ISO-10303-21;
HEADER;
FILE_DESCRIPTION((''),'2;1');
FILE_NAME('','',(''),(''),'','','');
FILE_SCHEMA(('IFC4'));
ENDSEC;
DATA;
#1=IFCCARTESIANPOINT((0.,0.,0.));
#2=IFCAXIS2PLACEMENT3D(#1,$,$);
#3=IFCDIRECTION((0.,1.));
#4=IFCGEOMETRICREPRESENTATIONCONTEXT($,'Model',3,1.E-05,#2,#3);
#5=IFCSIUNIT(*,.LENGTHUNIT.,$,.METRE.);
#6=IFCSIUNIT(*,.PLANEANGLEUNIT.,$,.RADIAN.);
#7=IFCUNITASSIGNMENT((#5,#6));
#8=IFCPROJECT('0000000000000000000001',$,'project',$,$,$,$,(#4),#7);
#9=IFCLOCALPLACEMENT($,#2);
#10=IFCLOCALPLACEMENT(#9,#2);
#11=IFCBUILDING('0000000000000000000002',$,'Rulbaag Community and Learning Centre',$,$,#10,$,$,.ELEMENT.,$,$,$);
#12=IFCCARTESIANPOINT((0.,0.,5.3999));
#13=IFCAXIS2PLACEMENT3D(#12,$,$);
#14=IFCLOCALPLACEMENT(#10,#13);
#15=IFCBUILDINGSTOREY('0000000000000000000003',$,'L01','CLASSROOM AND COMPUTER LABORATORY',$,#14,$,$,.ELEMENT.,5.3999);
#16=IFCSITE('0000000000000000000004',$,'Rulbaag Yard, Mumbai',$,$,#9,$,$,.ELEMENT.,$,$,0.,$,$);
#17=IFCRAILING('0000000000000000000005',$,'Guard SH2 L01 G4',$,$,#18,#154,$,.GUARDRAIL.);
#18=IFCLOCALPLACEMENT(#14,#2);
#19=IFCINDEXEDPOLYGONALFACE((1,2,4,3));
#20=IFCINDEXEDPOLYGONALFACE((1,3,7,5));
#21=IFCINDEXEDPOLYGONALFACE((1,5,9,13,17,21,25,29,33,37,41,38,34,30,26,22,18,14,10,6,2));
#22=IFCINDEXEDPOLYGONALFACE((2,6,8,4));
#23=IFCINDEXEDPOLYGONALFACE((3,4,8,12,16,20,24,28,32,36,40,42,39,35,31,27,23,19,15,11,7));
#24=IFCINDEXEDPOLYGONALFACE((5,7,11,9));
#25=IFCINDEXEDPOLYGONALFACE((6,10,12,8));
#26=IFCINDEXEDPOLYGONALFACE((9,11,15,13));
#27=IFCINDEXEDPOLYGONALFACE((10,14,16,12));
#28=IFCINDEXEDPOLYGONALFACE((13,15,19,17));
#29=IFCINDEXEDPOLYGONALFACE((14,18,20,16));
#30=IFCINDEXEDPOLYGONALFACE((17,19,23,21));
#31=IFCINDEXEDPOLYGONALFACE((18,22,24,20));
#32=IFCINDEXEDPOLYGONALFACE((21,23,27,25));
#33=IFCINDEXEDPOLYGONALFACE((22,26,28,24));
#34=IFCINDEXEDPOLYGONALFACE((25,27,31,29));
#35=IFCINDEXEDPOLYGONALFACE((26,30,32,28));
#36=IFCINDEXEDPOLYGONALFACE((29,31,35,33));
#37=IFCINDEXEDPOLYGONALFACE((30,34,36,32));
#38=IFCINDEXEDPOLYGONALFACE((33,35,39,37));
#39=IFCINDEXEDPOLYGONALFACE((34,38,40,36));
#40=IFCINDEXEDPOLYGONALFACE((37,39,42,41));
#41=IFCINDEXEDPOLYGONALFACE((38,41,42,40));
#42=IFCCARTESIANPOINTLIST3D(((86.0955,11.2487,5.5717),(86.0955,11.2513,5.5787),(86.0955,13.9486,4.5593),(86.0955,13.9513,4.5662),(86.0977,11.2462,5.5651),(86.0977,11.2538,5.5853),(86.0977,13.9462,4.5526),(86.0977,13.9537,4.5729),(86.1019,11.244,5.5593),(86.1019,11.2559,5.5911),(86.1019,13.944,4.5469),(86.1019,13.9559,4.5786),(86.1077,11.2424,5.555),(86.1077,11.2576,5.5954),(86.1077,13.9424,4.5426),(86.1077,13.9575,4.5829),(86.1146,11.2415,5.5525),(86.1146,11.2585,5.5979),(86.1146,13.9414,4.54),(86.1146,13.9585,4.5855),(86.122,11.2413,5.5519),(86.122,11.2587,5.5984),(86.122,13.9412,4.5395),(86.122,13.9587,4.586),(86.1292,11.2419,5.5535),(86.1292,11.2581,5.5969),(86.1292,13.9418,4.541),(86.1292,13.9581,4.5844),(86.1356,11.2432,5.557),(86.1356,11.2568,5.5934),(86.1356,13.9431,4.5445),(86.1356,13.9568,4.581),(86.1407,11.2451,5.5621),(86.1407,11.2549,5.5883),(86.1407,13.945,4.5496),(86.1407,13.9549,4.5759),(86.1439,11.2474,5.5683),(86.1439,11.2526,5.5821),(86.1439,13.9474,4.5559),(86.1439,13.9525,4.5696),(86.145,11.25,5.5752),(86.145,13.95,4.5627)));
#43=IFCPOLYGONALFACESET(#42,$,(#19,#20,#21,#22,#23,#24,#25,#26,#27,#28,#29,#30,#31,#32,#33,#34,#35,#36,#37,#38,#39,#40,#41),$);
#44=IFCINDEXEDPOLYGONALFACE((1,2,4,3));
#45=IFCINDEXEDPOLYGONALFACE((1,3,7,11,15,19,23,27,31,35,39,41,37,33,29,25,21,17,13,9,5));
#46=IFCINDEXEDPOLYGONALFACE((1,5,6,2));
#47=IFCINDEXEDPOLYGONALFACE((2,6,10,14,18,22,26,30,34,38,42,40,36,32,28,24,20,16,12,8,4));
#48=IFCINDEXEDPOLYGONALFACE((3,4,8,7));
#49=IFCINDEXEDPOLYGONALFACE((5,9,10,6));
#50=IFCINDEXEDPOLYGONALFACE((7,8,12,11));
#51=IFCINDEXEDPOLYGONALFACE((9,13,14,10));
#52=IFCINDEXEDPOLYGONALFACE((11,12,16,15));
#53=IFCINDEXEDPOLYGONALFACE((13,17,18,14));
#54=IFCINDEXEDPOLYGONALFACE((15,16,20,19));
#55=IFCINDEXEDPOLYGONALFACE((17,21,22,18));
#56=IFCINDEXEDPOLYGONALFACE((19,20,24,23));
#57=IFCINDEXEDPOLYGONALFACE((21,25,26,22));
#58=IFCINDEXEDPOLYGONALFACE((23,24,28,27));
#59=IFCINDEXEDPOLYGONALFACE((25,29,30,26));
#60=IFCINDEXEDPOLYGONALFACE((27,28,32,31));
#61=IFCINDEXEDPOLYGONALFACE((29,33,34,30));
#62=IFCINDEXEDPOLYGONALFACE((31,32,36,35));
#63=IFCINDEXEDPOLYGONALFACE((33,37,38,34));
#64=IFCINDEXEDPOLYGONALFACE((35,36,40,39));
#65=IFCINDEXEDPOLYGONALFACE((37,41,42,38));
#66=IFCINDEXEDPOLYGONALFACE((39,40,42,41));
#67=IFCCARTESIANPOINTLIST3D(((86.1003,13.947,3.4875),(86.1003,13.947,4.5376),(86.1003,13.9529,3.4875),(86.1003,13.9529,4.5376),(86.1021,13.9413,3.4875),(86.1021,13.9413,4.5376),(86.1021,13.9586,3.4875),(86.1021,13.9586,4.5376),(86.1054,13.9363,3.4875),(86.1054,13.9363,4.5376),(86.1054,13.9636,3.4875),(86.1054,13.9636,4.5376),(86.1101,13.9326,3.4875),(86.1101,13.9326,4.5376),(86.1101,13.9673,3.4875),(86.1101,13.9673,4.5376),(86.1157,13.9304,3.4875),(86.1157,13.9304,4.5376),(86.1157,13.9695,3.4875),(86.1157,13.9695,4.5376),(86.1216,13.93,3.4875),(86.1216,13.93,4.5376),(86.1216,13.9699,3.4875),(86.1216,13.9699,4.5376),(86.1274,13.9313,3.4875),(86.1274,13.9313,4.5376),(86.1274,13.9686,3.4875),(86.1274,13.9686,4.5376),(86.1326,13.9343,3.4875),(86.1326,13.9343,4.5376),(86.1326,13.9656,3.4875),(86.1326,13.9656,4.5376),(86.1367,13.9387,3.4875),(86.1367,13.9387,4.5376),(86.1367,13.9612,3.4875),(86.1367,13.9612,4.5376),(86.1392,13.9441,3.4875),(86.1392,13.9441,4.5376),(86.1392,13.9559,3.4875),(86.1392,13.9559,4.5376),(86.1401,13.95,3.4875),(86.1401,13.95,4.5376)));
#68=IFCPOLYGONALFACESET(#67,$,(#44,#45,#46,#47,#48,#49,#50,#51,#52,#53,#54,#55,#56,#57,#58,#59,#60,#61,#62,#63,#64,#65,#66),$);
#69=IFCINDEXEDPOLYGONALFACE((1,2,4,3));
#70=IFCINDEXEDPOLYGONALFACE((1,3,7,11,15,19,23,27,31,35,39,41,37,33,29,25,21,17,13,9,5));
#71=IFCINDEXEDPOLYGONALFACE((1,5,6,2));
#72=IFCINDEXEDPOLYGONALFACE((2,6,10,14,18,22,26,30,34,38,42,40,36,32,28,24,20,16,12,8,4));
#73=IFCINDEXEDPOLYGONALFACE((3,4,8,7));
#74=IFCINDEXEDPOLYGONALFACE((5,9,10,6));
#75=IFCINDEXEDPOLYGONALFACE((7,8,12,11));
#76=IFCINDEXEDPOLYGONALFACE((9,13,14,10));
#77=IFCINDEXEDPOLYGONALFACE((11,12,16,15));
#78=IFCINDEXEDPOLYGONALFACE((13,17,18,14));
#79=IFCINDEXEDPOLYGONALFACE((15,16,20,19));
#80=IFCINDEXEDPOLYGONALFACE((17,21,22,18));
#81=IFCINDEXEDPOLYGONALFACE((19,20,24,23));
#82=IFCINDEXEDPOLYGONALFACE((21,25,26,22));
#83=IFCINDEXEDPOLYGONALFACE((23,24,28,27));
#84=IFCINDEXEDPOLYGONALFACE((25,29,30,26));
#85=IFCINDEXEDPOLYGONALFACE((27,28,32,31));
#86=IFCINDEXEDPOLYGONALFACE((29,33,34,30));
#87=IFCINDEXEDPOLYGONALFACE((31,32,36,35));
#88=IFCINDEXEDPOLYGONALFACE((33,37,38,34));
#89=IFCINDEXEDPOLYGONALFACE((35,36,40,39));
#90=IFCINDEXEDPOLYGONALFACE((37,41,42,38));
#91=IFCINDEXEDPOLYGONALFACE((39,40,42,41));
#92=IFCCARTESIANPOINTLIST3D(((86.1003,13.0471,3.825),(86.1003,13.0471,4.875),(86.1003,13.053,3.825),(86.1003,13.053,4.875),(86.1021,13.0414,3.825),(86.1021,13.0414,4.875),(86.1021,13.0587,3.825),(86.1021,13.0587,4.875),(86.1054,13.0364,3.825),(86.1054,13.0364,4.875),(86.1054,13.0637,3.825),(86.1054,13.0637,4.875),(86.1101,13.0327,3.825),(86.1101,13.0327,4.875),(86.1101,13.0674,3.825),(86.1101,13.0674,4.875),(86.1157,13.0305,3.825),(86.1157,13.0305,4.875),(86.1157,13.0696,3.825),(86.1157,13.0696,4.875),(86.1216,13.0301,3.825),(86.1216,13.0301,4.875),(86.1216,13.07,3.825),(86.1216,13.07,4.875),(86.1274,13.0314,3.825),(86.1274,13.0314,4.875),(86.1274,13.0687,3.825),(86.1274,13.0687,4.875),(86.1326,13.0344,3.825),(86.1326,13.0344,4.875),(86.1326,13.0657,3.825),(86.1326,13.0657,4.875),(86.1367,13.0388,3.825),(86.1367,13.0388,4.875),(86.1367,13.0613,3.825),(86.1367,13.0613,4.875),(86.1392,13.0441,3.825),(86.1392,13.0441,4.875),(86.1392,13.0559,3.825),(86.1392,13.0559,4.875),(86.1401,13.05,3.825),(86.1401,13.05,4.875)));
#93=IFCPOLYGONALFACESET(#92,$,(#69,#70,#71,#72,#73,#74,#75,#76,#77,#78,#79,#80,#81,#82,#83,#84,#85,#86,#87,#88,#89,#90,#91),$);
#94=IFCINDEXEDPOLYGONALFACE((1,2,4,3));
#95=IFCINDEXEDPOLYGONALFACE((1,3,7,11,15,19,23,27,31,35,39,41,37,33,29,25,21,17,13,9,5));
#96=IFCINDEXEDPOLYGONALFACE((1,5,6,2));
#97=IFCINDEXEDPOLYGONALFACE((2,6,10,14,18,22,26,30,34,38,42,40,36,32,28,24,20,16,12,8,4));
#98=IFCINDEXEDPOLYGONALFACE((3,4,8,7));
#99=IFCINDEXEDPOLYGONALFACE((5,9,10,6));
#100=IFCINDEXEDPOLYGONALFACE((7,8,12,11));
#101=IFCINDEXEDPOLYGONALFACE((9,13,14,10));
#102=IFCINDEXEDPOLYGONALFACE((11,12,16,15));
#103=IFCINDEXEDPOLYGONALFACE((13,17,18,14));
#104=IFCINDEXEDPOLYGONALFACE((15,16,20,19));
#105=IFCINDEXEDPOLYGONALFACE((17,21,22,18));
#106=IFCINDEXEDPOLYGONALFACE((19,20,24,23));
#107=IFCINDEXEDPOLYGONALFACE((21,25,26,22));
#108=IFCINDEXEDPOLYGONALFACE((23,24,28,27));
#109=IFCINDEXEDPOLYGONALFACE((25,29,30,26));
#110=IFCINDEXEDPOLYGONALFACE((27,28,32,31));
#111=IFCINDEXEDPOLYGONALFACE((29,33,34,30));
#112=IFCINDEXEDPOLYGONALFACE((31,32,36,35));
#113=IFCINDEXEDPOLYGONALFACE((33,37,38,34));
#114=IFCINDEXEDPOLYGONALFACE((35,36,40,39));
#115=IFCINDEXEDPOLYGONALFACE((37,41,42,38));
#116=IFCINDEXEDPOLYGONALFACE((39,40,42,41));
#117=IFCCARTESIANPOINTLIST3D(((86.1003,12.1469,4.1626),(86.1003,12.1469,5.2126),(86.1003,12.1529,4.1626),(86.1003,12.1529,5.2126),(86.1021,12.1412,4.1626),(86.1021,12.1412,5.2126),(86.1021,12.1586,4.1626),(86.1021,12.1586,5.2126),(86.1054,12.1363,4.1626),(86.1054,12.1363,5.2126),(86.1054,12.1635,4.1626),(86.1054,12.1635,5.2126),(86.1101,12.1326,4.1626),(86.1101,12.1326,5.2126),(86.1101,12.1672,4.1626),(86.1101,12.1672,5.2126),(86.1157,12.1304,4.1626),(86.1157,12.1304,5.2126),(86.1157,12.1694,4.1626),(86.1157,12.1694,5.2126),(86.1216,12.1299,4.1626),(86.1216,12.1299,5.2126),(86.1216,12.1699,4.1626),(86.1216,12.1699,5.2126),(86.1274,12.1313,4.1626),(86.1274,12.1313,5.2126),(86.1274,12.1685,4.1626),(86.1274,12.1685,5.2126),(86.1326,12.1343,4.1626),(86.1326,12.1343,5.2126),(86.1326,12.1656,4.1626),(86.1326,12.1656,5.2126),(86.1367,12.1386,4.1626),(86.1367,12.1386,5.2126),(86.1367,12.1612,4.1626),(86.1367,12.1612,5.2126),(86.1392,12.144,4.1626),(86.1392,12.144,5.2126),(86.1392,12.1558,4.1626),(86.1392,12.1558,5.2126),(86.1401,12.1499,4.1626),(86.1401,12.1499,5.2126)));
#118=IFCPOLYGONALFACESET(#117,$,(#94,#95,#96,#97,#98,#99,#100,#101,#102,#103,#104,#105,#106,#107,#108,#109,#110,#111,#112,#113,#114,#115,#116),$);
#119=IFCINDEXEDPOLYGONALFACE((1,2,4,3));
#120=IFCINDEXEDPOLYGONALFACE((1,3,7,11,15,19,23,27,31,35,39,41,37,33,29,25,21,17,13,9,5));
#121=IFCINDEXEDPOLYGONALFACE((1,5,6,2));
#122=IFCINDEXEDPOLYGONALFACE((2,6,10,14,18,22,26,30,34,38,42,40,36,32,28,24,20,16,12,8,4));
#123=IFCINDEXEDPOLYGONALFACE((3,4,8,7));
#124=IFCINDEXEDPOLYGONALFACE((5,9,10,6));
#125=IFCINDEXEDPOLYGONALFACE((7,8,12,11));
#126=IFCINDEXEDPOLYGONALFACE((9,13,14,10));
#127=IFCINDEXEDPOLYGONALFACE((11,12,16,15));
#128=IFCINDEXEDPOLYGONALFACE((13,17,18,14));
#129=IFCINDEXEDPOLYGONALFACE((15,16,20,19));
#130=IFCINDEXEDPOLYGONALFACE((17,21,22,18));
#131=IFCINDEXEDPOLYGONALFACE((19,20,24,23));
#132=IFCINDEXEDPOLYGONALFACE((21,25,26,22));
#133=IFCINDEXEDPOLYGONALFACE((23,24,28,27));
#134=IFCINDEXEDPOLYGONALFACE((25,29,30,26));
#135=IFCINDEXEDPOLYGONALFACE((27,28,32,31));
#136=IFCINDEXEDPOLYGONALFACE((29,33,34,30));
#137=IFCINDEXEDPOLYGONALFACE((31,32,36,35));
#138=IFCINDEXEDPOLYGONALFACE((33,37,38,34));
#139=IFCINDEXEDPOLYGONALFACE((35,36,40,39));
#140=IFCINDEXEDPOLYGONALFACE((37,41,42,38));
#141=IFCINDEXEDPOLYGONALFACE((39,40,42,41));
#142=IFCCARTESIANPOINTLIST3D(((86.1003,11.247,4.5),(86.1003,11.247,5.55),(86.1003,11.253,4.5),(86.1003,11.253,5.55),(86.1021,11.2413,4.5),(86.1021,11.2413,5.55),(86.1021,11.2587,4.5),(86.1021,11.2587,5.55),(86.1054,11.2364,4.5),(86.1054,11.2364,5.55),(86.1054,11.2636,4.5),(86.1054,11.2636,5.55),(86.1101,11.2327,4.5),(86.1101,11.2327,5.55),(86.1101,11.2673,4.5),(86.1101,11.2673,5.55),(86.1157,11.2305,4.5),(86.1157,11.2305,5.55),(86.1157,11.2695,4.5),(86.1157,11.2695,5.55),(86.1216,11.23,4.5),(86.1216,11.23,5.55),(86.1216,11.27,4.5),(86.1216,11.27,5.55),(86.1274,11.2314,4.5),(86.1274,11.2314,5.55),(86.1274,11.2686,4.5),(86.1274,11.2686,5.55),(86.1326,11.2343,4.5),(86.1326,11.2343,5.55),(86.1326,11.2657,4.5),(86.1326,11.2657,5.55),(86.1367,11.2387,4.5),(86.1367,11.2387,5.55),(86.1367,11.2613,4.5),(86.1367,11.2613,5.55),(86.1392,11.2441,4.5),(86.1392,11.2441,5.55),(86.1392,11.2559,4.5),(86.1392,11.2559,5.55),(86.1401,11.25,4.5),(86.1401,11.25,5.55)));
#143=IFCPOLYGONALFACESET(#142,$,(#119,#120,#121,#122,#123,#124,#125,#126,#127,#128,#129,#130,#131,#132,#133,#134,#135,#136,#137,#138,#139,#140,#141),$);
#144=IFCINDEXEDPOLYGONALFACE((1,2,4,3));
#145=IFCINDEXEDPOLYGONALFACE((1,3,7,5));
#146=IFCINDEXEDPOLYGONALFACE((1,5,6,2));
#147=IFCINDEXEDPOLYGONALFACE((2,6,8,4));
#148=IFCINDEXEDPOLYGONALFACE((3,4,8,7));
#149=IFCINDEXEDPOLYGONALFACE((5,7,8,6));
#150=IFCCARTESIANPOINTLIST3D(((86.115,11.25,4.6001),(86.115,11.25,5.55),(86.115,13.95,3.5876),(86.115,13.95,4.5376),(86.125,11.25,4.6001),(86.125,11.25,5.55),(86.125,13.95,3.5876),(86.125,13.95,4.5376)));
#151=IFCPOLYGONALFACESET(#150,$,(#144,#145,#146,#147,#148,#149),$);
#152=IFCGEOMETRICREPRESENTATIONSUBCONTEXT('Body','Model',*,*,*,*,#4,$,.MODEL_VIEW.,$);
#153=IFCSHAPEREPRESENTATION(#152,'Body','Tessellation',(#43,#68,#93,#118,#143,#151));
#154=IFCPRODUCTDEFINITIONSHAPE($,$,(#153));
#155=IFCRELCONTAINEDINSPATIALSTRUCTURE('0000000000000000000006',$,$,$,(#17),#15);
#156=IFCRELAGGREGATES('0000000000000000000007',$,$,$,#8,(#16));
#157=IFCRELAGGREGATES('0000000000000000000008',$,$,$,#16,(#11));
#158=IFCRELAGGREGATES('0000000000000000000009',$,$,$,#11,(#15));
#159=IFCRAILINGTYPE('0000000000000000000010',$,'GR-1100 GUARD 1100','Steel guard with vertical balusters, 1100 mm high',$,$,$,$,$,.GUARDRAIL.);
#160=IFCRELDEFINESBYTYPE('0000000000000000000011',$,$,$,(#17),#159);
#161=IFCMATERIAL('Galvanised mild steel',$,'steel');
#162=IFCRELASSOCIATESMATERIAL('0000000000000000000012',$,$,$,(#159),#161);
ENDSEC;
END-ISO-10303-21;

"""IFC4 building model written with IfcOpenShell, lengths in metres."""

from ifc_helpers import new_model, si_unit, direction, frame, origin, origin_2d, place, context, subcontext, project, spatial, polyline, circle, outline, extrude, material, type_object, element, save


model = new_model("IFC4")

# Units and contexts
model_context = context("Model", 3, precision=1e-05, world=origin(), true_north=direction((0.0, 1.0)))
body_context = subcontext(model_context, "Body", "Model", "MODEL_VIEW")
ifc_project = project(units=[si_unit("LENGTHUNIT", "METRE"), si_unit("PLANEANGLEUNIT", "RADIAN")], contexts=[model_context])

# Site, building, storey
site_placement = place(None, origin())
site = spatial("IfcSite", under=ifc_project, at=site_placement, Name="Rulbaag Yard, Mumbai", CompositionType="ELEMENT", RefElevation=0.0)
building_placement = place(site_placement, origin())
building = spatial("IfcBuilding", under=site, at=building_placement, Name="Rulbaag Community and Learning Centre", CompositionType="ELEMENT")
storey_placement = place(building_placement, frame((0.0, 0.0, 5.3999)))
storey = spatial("IfcBuildingStorey", under=building, at=storey_placement, Name="L01", Description="CLASSROOM AND COMPUTER LABORATORY", CompositionType="ELEMENT", Elevation=5.3999)

# Railing
ifc_material_1 = material(Name="Galvanised mild steel", Category="steel")
railing_type_1 = type_object("IfcRailingType", Name="GR-1100 GUARD 1100", Description="Steel guard with vertical balusters, 1100 mm high", PredefinedType="GUARDRAIL", material=ifc_material_1)
railing_1_placement = place(storey_placement, frame((86.1201, 13.95, 3.4875)))
element("IfcRailing", 1, at=railing_1_placement, inside=storey, type_object=railing_type_1, Name="Guard SH2 L01 G4", PredefinedType="GUARDRAIL", context=body_context, shape_type="SweptSolid", body=[
    extrude(circle(Radius=0.0249, at=origin_2d()), frame((0.0, 0.0, 1.0752), z_axis=(0.0, -0.936333, 0.351114), x_axis=(1.0, 0.0, 0.0)), (0.0, 0.0, 1.0), 2.8835),
    extrude(circle(Radius=0.02, at=origin_2d()), origin(), (0.0, 0.0, 1.0), 1.05),
    extrude(circle(Radius=0.02, at=origin_2d()), frame((0.0, -0.8999, 0.3374)), (0.0, 0.0, 1.0), 1.05),
    extrude(circle(Radius=0.02, at=origin_2d()), frame((0.0, -1.8, 0.675)), (0.0, 0.0, 1.0), 1.05),
    extrude(circle(Radius=0.02, at=origin_2d()), frame((0.0, -2.7, 1.0125)), (0.0, 0.0, 1.0), 1.05),
    extrude(outline(polyline([(0.0, 0.0), (2.7, 1.0125), (2.7, 1.9624), (0.0, 0.95), (0.0, 0.0)])), frame((0.0049, 0.0, 0.1001), z_axis=(-1.0, 0.0, 0.0), x_axis=(0.0, -1.0, 0.0)), (0.0, 0.0, 1.0), 0.01),
])

save(model, "model.ifc")
